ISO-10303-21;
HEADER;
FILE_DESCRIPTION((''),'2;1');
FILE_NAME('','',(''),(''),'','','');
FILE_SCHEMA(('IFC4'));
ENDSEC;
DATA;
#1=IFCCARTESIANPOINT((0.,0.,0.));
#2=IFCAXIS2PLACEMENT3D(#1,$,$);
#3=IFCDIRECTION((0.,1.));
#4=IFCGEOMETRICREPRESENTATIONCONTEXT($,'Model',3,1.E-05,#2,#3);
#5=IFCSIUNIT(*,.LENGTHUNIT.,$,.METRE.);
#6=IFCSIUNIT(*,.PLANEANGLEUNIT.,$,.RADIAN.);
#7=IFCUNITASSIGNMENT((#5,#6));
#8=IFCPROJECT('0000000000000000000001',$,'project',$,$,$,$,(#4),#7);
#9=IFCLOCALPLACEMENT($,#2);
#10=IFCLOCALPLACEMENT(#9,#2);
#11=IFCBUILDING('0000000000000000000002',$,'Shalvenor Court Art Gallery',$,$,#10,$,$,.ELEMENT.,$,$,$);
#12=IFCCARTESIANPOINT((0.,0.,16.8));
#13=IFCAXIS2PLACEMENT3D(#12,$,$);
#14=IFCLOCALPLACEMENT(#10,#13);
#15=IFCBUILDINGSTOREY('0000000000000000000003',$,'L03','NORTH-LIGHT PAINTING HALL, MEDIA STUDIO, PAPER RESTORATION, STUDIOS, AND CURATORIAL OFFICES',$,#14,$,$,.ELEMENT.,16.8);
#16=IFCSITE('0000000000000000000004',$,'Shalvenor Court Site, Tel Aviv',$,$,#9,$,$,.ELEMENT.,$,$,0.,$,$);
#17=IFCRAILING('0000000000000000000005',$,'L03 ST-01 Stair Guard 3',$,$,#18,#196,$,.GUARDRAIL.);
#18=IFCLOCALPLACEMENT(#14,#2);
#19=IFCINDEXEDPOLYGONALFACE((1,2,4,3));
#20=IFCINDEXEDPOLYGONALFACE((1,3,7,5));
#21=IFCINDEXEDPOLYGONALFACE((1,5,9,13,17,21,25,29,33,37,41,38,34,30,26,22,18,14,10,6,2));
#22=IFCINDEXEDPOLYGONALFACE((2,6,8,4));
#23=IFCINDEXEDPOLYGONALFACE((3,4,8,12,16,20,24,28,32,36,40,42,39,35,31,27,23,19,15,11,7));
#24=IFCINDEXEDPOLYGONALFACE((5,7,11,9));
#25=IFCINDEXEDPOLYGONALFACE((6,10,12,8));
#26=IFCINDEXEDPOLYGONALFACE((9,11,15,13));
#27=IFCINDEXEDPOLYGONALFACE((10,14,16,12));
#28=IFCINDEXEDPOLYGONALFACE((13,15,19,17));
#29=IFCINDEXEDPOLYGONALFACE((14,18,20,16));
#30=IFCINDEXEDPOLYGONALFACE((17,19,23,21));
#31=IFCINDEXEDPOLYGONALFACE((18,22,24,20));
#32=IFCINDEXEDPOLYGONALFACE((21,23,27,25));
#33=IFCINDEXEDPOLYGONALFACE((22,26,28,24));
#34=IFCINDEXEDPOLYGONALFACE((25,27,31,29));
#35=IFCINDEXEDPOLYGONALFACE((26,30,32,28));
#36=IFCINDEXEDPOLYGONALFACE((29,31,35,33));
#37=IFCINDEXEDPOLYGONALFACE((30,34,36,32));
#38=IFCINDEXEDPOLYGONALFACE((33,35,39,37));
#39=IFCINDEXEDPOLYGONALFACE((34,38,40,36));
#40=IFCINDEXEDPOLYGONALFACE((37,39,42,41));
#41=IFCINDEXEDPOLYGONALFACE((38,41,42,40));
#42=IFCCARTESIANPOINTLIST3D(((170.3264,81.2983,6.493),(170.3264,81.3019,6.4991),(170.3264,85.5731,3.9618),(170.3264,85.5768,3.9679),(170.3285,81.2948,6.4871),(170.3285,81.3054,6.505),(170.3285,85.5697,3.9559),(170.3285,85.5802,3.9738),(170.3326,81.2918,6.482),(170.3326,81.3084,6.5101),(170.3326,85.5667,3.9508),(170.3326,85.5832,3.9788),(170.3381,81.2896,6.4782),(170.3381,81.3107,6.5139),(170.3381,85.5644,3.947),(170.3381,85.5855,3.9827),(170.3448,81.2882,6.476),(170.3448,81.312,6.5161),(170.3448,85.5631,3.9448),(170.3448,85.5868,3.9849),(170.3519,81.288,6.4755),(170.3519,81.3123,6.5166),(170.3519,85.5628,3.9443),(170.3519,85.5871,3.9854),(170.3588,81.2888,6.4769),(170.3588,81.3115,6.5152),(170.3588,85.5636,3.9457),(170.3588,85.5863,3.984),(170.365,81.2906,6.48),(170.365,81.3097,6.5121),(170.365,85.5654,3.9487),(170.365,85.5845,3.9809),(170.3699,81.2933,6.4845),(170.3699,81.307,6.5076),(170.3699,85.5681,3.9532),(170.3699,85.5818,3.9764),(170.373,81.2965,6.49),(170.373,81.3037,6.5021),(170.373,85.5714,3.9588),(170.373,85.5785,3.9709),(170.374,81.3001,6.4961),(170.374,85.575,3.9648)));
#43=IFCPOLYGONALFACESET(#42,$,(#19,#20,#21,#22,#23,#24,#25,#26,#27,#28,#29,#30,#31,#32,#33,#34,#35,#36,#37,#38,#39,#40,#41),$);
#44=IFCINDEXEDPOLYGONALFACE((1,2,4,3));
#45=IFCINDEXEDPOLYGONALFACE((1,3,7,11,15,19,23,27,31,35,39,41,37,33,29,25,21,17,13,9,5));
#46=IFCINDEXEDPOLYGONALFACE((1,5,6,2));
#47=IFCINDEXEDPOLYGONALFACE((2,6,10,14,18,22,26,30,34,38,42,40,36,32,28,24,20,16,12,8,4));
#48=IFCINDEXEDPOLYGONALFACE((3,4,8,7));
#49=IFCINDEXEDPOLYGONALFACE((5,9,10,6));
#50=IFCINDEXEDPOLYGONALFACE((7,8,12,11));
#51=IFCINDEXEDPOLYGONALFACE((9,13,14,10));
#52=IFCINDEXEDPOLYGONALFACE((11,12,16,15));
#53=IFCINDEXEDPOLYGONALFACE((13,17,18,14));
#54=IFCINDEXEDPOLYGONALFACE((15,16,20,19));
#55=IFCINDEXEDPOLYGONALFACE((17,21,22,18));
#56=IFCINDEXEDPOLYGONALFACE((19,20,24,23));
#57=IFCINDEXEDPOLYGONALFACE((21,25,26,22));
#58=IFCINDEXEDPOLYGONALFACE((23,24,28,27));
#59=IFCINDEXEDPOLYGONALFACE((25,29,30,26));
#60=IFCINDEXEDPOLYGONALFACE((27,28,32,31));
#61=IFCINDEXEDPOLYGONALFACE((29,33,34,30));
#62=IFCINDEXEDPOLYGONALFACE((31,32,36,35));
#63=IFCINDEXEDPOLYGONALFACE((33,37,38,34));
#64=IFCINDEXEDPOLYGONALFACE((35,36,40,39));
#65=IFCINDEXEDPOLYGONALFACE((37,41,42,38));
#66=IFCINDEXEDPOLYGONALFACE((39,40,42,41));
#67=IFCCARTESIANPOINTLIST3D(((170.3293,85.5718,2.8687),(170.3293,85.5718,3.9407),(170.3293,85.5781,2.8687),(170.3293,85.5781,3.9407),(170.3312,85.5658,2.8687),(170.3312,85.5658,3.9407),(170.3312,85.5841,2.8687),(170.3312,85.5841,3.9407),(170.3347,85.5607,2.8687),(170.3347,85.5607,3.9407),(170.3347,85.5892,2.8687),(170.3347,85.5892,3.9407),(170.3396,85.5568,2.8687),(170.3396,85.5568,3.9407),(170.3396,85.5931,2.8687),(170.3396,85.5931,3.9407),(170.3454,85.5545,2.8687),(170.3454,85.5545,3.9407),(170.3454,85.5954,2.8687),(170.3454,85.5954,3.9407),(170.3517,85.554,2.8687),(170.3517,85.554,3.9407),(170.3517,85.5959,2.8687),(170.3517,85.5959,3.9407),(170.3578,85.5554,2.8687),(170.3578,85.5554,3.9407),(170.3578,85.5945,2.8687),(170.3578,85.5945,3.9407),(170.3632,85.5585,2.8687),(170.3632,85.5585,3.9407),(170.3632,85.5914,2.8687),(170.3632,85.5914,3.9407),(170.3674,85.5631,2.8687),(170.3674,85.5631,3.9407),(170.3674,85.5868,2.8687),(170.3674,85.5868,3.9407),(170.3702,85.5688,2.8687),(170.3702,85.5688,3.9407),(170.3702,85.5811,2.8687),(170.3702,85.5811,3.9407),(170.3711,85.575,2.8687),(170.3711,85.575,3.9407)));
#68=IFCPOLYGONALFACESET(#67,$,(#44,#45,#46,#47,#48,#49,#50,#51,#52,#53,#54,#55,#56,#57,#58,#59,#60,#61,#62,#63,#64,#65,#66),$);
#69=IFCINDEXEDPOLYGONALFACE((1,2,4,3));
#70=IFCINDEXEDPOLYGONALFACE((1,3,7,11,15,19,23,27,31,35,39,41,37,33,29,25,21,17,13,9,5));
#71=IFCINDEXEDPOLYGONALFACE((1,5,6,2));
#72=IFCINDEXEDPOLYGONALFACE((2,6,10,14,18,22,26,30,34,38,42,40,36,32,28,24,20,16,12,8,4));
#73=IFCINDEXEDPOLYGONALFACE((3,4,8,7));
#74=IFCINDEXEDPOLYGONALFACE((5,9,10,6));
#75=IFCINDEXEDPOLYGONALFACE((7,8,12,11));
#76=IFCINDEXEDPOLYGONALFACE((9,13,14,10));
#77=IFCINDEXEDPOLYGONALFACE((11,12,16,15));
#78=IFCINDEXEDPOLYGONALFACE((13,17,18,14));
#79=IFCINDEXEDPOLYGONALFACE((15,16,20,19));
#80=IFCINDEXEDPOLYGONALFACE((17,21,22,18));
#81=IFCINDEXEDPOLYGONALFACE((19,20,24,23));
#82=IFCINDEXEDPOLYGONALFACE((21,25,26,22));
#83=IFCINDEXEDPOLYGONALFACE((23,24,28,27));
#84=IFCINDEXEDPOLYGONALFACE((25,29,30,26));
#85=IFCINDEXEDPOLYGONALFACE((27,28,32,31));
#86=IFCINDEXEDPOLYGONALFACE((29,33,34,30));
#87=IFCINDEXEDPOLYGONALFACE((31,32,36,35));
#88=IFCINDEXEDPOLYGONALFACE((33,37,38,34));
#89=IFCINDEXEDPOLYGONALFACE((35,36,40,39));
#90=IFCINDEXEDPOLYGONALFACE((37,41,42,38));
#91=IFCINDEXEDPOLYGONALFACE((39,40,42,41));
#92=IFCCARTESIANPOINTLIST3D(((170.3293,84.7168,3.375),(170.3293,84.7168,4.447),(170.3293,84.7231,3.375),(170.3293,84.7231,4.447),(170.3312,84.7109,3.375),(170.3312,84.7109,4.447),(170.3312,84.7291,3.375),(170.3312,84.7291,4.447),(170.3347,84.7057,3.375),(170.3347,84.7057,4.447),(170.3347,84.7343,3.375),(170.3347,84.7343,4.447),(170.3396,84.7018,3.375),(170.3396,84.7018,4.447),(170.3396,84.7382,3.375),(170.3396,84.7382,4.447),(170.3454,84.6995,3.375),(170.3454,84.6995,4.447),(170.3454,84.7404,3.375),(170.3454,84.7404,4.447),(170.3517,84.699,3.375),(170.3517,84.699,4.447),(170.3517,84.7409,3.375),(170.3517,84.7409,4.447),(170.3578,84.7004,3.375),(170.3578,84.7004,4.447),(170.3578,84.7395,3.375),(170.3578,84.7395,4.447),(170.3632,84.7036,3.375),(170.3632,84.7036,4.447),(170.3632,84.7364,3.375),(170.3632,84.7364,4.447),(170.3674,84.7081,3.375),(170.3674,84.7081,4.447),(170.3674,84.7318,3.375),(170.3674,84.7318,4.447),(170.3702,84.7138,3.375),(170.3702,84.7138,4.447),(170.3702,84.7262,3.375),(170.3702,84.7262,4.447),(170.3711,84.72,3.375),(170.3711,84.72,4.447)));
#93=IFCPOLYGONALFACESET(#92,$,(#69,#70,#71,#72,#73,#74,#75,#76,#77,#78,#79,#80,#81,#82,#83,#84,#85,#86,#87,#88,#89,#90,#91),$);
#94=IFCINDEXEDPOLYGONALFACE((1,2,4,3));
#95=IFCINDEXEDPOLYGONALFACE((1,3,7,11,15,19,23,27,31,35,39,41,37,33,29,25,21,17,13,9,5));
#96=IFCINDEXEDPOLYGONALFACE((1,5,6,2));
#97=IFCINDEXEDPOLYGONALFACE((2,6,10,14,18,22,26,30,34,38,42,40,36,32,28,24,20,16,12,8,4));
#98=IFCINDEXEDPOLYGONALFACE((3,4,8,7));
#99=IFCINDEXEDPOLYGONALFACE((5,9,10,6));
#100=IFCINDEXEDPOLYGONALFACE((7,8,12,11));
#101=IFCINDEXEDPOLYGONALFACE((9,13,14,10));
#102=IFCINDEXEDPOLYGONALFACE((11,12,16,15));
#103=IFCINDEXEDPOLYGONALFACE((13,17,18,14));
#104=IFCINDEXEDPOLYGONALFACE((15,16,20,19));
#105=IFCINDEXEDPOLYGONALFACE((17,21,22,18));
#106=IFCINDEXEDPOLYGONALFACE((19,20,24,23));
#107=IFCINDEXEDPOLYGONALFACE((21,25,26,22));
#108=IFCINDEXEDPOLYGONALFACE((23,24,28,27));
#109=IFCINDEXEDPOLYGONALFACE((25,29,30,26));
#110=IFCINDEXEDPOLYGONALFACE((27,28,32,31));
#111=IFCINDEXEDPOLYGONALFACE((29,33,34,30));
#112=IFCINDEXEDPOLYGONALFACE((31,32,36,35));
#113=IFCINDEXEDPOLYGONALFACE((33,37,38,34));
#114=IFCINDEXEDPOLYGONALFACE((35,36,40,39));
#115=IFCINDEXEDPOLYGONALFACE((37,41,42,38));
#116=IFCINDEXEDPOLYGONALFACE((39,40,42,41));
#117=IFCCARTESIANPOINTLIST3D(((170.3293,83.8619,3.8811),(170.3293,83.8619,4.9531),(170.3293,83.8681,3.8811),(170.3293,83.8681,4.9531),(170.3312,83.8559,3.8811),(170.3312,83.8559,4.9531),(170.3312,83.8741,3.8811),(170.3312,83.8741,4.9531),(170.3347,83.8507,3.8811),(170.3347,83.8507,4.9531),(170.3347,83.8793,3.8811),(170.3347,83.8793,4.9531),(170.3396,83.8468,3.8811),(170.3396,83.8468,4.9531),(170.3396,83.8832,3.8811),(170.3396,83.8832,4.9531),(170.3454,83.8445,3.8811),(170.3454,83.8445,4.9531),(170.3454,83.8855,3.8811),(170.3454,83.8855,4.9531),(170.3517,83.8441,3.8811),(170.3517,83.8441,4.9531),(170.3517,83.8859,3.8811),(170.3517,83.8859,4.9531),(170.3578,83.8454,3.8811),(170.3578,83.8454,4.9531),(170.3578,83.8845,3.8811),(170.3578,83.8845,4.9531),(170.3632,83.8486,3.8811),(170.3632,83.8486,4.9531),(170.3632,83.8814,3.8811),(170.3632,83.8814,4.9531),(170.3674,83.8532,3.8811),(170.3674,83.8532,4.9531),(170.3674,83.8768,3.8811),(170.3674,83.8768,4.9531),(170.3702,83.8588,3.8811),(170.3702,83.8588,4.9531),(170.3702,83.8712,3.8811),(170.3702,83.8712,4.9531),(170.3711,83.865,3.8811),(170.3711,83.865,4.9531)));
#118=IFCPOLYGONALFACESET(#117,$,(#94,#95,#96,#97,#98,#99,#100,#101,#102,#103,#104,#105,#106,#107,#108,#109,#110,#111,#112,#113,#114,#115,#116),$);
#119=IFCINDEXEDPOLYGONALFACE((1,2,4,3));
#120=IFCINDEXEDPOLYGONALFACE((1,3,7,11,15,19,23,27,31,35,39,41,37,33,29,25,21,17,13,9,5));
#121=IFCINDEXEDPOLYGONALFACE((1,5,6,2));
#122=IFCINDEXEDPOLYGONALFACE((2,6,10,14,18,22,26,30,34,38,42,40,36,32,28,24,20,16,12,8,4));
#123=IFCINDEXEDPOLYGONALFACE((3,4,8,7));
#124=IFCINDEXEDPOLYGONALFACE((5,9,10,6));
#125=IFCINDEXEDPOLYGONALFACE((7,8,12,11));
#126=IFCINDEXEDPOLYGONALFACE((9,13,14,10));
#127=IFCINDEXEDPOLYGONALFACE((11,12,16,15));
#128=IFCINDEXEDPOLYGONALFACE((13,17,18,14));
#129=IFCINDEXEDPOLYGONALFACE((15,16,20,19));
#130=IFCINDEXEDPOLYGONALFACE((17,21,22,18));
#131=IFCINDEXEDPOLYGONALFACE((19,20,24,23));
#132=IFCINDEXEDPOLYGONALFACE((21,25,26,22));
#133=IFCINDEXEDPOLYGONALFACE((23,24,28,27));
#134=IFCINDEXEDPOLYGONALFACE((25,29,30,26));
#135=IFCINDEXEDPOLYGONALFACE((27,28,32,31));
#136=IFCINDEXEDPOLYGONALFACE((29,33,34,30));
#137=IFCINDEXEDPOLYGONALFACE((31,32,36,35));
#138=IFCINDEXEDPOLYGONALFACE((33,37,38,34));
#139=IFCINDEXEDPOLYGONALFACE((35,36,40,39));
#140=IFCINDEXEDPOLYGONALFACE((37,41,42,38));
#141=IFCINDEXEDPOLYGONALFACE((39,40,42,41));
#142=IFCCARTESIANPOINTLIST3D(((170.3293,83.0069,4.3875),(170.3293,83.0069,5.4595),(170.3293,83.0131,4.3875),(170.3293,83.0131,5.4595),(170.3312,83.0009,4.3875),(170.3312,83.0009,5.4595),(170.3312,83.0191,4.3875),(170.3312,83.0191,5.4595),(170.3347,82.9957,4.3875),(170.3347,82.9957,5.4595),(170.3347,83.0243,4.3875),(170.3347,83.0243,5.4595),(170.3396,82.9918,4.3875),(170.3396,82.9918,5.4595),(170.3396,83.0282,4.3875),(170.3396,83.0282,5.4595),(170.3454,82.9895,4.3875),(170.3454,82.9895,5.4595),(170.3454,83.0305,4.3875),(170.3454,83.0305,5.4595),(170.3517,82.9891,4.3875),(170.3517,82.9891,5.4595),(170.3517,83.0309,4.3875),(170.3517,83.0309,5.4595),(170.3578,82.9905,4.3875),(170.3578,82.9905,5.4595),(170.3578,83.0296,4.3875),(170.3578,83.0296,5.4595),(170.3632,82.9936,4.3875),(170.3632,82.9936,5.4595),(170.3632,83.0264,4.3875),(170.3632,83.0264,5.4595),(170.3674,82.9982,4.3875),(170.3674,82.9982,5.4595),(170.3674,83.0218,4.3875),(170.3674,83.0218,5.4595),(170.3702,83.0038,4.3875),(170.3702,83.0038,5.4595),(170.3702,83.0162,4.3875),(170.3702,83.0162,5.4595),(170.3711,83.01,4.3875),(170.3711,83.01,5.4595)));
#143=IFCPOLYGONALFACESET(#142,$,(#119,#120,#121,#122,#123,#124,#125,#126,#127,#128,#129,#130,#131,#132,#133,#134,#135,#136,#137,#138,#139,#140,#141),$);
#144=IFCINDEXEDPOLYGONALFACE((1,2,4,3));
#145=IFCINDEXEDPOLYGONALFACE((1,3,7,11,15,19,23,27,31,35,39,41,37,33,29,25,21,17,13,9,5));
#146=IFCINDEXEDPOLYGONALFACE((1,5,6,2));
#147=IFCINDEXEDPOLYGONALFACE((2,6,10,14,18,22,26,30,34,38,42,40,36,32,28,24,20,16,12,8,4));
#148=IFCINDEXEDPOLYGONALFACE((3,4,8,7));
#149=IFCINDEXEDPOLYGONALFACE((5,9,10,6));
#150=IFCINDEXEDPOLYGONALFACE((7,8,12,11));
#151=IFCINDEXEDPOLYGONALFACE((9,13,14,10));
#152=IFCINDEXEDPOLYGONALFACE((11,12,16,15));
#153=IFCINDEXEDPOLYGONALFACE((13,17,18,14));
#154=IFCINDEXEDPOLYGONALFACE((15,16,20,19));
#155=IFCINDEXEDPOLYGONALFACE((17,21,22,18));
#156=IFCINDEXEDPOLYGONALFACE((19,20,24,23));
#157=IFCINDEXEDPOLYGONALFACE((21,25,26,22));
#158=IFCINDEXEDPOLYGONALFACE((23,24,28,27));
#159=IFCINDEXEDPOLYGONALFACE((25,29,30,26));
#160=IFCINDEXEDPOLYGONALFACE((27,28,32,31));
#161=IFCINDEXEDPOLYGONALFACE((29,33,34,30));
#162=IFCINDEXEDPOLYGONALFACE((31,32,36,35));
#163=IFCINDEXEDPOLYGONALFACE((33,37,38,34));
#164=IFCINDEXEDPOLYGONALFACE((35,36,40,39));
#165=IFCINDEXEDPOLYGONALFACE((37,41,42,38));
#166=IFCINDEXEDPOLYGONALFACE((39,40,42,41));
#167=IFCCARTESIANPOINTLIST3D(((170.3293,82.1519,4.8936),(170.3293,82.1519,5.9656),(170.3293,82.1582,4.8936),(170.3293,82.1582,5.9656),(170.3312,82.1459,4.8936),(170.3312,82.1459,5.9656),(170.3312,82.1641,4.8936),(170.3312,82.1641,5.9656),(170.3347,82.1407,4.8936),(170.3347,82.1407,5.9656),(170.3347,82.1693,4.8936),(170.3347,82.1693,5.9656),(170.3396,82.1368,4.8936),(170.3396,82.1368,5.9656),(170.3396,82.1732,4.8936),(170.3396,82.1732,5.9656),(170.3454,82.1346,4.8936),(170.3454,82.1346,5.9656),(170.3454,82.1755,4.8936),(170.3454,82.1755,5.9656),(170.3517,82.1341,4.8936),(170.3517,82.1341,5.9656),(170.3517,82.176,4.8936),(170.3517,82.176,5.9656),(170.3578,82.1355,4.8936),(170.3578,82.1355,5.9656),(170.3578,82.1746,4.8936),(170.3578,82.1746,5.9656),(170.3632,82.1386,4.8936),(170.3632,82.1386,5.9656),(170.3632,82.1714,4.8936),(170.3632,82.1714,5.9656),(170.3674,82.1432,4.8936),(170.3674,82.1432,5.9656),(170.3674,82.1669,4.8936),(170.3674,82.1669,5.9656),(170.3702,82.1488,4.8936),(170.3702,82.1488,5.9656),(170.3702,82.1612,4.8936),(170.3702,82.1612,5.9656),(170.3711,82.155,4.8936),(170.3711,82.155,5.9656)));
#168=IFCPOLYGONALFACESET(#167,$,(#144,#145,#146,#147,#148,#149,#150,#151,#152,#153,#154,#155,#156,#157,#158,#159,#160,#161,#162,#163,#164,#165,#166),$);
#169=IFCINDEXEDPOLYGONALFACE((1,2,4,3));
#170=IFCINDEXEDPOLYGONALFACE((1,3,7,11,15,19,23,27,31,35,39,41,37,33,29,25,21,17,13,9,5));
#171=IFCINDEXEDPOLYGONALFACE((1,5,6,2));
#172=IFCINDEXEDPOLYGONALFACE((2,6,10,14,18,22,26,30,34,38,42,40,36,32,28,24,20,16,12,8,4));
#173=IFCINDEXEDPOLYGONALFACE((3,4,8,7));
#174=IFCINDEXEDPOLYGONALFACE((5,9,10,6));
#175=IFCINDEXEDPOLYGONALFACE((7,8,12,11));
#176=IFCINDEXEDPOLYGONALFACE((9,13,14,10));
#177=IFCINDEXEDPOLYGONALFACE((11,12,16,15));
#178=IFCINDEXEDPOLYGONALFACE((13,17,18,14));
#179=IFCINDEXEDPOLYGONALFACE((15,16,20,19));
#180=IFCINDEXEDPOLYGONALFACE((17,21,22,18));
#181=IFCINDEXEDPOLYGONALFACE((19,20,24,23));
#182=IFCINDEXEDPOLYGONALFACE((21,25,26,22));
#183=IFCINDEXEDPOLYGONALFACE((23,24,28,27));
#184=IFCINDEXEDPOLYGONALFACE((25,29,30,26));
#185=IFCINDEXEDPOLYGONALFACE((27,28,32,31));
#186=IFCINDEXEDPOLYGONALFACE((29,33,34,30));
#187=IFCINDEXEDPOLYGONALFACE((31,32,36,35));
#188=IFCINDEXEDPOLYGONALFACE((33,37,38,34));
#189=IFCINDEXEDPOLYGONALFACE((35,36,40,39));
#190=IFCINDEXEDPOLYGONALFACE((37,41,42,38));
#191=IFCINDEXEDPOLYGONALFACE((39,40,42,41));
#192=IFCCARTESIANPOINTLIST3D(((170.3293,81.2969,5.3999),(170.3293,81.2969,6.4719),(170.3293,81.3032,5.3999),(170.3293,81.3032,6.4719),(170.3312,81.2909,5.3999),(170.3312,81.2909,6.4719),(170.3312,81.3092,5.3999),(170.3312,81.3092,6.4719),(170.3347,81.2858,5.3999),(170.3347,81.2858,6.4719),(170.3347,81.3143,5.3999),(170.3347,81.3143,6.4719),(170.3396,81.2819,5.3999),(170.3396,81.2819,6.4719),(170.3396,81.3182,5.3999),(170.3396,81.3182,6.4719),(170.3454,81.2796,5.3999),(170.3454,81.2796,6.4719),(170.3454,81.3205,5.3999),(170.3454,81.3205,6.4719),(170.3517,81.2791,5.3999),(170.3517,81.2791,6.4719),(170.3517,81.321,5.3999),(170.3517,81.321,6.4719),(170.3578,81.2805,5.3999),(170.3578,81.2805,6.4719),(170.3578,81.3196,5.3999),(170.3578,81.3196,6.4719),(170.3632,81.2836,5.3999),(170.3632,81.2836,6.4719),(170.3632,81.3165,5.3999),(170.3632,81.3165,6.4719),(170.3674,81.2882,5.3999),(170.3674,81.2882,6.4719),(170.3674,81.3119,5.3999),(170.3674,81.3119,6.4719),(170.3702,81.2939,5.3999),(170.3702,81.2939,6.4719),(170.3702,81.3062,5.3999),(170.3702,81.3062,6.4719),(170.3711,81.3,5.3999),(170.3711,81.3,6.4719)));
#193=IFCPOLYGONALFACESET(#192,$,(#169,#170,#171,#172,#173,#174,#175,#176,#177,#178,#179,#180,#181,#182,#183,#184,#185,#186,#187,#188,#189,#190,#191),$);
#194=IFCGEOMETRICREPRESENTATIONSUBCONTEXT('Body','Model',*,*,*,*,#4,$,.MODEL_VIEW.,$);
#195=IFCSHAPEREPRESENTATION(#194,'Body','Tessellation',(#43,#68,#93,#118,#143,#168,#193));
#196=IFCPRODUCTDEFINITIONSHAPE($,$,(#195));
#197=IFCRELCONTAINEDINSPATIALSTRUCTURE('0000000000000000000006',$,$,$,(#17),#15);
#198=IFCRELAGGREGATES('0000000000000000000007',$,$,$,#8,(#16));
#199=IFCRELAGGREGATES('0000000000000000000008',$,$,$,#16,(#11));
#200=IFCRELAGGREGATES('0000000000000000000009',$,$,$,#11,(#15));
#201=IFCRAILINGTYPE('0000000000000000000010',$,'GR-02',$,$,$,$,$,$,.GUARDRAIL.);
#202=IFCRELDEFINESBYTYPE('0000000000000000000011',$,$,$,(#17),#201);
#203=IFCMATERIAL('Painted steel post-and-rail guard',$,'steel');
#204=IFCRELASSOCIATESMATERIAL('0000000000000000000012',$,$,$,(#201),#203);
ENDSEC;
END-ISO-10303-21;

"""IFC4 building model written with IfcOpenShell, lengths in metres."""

from ifc_helpers import new_model, si_unit, direction, frame, origin, origin_2d, place, context, subcontext, project, spatial, circle, extrude, material, type_object, element, save


model = new_model("IFC4")

# Units and contexts
model_context = context("Model", 3, precision=1e-05, world=origin(), true_north=direction((0.0, 1.0)))
body_context = subcontext(model_context, "Body", "Model", "MODEL_VIEW")
ifc_project = project(units=[si_unit("LENGTHUNIT", "METRE"), si_unit("PLANEANGLEUNIT", "RADIAN")], contexts=[model_context])

# Site, building, storey
site_placement = place(None, origin())
site = spatial("IfcSite", under=ifc_project, at=site_placement, Name="Shalvenor Court Site, Tel Aviv", CompositionType="ELEMENT", RefElevation=0.0)
building_placement = place(site_placement, origin())
building = spatial("IfcBuilding", under=site, at=building_placement, Name="Shalvenor Court Art Gallery", CompositionType="ELEMENT")
storey_placement = place(building_placement, frame((0.0, 0.0, 16.8)))
storey = spatial("IfcBuildingStorey", under=building, at=storey_placement, Name="L03", Description="NORTH-LIGHT PAINTING HALL, MEDIA STUDIO, PAPER RESTORATION, STUDIOS, AND CURATORIAL OFFICES", CompositionType="ELEMENT", Elevation=16.8)

# Railing
ifc_material_1 = material(Name="Painted steel post-and-rail guard", Category="steel")
railing_type_1 = type_object("IfcRailingType", Name="GR-02", PredefinedType="GUARDRAIL", material=ifc_material_1)
railing_1_placement = place(storey_placement, frame((170.3501, 85.575, 2.8687)))
element("IfcRailing", 1, at=railing_1_placement, inside=storey, type_object=railing_type_1, Name="L03 ST-01 Stair Guard 3", PredefinedType="GUARDRAIL", context=body_context, shape_type="SweptSolid", body=[
    extrude(circle(Radius=0.0239, at=origin_2d()), frame((0.0, 0.0, 1.0962), z_axis=(0.0, -0.86047, 0.509501), x_axis=(1.0, 0.0, 0.0)), (0.0, 0.0, 1.0), 4.968),
    extrude(circle(Radius=0.021, at=origin_2d()), origin(), (0.0, 0.0, 1.0), 1.072),
    extrude(circle(Radius=0.021, at=origin_2d()), frame((0.0, -0.855, 0.5063)), (0.0, 0.0, 1.0), 1.072),
    extrude(circle(Radius=0.021, at=origin_2d()), frame((0.0, -1.71, 1.0125)), (0.0, 0.0, 1.0), 1.072),
    extrude(circle(Radius=0.021, at=origin_2d()), frame((0.0, -2.5649, 1.5188)), (0.0, 0.0, 1.0), 1.072),
    extrude(circle(Radius=0.021, at=origin_2d()), frame((0.0, -3.4199, 2.0249)), (0.0, 0.0, 1.0), 1.072),
    extrude(circle(Radius=0.021, at=origin_2d()), frame((0.0, -4.2749, 2.5312)), (0.0, 0.0, 1.0), 1.072),
])

save(model, "model.ifc")
